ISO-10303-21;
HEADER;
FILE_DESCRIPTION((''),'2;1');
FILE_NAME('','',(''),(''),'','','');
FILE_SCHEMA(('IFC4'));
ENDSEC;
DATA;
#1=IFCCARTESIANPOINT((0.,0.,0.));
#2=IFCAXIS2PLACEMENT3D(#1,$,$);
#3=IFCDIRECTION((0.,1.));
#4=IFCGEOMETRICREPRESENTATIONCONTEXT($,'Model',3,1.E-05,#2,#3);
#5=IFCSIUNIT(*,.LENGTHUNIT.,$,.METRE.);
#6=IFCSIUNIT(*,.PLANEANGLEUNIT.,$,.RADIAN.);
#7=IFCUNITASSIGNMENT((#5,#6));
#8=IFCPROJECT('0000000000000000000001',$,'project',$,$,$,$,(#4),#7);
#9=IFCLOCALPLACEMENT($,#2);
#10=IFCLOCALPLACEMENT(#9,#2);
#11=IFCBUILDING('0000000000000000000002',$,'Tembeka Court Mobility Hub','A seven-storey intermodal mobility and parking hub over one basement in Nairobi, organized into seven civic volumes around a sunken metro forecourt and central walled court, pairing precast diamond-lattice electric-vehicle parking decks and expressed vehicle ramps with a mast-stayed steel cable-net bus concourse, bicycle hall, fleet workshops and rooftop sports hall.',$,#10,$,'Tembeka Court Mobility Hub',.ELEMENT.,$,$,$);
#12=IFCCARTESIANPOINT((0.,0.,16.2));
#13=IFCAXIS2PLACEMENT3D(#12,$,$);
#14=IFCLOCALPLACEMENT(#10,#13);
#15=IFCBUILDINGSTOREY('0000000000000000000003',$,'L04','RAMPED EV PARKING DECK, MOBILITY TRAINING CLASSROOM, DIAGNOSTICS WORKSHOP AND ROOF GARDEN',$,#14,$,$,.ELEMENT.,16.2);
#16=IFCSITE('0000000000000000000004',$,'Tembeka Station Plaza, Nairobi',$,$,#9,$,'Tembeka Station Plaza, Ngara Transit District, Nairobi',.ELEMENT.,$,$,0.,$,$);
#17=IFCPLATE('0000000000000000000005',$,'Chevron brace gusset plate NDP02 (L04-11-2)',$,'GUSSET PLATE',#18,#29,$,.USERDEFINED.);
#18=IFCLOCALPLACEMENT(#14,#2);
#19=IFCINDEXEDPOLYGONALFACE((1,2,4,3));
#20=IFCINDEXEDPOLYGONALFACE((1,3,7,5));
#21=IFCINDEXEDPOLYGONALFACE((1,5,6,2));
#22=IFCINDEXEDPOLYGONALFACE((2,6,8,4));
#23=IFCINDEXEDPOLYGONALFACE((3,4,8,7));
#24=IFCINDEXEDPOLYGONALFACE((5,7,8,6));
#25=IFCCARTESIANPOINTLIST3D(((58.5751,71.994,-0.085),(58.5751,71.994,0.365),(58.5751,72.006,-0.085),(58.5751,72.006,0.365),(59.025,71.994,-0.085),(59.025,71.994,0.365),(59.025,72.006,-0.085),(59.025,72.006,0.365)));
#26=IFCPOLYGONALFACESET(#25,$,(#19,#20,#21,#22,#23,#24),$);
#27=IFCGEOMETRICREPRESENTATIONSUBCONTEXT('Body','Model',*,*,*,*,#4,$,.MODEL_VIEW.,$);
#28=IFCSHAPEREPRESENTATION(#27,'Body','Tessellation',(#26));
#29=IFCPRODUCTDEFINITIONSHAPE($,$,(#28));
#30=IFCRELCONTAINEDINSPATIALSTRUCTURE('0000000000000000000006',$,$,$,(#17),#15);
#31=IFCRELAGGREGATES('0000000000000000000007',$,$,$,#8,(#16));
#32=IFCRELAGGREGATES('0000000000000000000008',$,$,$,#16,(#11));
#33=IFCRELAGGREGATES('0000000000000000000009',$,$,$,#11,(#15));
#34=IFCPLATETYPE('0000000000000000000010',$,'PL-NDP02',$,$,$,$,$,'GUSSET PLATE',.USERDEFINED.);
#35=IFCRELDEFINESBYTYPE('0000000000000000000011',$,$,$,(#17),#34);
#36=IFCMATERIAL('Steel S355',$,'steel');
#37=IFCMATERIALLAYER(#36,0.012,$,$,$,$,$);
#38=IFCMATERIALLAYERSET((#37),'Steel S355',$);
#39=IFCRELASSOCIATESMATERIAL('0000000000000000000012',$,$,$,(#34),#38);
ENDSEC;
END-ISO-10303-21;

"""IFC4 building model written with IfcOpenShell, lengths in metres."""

from ifc_helpers import new_model, si_unit, direction, frame, origin, origin_2d, place, context, subcontext, project, spatial, rectangle, extrude, material, layer, layer_set, type_object, element, save


model = new_model("IFC4")

# Units and contexts
model_context = context("Model", 3, precision=1e-05, world=origin(), true_north=direction((0.0, 1.0)))
body_context = subcontext(model_context, "Body", "Model", "MODEL_VIEW")
ifc_project = project(units=[si_unit("LENGTHUNIT", "METRE"), si_unit("PLANEANGLEUNIT", "RADIAN")], contexts=[model_context])

# Site, building, storey
site_placement = place(None, origin())
site = spatial("IfcSite", under=ifc_project, at=site_placement, Name="Tembeka Station Plaza, Nairobi", LongName="Tembeka Station Plaza, Ngara Transit District, Nairobi", CompositionType="ELEMENT", RefElevation=0.0)
building_placement = place(site_placement, origin())
building = spatial("IfcBuilding", under=site, at=building_placement, Name="Tembeka Court Mobility Hub", Description="A seven-storey intermodal mobility and parking hub over one basement in Nairobi, organized into seven civic volumes around a sunken metro forecourt and central walled court, pairing precast diamond-lattice electric-vehicle parking decks and expressed vehicle ramps with a mast-stayed steel cable-net bus concourse, bicycle hall, fleet workshops and rooftop sports hall.", LongName="Tembeka Court Mobility Hub", CompositionType="ELEMENT")
storey_placement = place(building_placement, frame((0.0, 0.0, 16.2)))
storey = spatial("IfcBuildingStorey", under=building, at=storey_placement, Name="L04", Description="RAMPED EV PARKING DECK, MOBILITY TRAINING CLASSROOM, DIAGNOSTICS WORKSHOP AND ROOF GARDEN", CompositionType="ELEMENT", Elevation=16.2)

# Shared definitions
ifc_material_1 = material(Name="Steel S355", Category="steel")

# Plate
ifc_layer = layer(ifc_material_1, 0.012)
ifc_layer_set = layer_set([ifc_layer], Name="Steel S355")
plate_type = type_object("IfcPlateType", Name="PL-NDP02", ElementType="GUSSET PLATE", PredefinedType="USERDEFINED", material=ifc_layer_set)
plate_placement = place(storey_placement, frame((58.8, 72.0, -0.085), z_axis=(0.0, 0.0, 1.0), x_axis=(1.0, 0.0, 0.0)))
element("IfcPlate", 1, at=plate_placement, inside=storey, type_object=plate_type, Name="Chevron brace gusset plate NDP02 (L04-11-2)", ObjectType="GUSSET PLATE", PredefinedType="USERDEFINED", context=body_context, shape_type="SweptSolid", body=[
    extrude(rectangle(XDim=0.45, YDim=0.012, at=origin_2d()), origin(), (0.0, 0.0, 1.0), 0.45),
])

save(model, "model.ifc")
